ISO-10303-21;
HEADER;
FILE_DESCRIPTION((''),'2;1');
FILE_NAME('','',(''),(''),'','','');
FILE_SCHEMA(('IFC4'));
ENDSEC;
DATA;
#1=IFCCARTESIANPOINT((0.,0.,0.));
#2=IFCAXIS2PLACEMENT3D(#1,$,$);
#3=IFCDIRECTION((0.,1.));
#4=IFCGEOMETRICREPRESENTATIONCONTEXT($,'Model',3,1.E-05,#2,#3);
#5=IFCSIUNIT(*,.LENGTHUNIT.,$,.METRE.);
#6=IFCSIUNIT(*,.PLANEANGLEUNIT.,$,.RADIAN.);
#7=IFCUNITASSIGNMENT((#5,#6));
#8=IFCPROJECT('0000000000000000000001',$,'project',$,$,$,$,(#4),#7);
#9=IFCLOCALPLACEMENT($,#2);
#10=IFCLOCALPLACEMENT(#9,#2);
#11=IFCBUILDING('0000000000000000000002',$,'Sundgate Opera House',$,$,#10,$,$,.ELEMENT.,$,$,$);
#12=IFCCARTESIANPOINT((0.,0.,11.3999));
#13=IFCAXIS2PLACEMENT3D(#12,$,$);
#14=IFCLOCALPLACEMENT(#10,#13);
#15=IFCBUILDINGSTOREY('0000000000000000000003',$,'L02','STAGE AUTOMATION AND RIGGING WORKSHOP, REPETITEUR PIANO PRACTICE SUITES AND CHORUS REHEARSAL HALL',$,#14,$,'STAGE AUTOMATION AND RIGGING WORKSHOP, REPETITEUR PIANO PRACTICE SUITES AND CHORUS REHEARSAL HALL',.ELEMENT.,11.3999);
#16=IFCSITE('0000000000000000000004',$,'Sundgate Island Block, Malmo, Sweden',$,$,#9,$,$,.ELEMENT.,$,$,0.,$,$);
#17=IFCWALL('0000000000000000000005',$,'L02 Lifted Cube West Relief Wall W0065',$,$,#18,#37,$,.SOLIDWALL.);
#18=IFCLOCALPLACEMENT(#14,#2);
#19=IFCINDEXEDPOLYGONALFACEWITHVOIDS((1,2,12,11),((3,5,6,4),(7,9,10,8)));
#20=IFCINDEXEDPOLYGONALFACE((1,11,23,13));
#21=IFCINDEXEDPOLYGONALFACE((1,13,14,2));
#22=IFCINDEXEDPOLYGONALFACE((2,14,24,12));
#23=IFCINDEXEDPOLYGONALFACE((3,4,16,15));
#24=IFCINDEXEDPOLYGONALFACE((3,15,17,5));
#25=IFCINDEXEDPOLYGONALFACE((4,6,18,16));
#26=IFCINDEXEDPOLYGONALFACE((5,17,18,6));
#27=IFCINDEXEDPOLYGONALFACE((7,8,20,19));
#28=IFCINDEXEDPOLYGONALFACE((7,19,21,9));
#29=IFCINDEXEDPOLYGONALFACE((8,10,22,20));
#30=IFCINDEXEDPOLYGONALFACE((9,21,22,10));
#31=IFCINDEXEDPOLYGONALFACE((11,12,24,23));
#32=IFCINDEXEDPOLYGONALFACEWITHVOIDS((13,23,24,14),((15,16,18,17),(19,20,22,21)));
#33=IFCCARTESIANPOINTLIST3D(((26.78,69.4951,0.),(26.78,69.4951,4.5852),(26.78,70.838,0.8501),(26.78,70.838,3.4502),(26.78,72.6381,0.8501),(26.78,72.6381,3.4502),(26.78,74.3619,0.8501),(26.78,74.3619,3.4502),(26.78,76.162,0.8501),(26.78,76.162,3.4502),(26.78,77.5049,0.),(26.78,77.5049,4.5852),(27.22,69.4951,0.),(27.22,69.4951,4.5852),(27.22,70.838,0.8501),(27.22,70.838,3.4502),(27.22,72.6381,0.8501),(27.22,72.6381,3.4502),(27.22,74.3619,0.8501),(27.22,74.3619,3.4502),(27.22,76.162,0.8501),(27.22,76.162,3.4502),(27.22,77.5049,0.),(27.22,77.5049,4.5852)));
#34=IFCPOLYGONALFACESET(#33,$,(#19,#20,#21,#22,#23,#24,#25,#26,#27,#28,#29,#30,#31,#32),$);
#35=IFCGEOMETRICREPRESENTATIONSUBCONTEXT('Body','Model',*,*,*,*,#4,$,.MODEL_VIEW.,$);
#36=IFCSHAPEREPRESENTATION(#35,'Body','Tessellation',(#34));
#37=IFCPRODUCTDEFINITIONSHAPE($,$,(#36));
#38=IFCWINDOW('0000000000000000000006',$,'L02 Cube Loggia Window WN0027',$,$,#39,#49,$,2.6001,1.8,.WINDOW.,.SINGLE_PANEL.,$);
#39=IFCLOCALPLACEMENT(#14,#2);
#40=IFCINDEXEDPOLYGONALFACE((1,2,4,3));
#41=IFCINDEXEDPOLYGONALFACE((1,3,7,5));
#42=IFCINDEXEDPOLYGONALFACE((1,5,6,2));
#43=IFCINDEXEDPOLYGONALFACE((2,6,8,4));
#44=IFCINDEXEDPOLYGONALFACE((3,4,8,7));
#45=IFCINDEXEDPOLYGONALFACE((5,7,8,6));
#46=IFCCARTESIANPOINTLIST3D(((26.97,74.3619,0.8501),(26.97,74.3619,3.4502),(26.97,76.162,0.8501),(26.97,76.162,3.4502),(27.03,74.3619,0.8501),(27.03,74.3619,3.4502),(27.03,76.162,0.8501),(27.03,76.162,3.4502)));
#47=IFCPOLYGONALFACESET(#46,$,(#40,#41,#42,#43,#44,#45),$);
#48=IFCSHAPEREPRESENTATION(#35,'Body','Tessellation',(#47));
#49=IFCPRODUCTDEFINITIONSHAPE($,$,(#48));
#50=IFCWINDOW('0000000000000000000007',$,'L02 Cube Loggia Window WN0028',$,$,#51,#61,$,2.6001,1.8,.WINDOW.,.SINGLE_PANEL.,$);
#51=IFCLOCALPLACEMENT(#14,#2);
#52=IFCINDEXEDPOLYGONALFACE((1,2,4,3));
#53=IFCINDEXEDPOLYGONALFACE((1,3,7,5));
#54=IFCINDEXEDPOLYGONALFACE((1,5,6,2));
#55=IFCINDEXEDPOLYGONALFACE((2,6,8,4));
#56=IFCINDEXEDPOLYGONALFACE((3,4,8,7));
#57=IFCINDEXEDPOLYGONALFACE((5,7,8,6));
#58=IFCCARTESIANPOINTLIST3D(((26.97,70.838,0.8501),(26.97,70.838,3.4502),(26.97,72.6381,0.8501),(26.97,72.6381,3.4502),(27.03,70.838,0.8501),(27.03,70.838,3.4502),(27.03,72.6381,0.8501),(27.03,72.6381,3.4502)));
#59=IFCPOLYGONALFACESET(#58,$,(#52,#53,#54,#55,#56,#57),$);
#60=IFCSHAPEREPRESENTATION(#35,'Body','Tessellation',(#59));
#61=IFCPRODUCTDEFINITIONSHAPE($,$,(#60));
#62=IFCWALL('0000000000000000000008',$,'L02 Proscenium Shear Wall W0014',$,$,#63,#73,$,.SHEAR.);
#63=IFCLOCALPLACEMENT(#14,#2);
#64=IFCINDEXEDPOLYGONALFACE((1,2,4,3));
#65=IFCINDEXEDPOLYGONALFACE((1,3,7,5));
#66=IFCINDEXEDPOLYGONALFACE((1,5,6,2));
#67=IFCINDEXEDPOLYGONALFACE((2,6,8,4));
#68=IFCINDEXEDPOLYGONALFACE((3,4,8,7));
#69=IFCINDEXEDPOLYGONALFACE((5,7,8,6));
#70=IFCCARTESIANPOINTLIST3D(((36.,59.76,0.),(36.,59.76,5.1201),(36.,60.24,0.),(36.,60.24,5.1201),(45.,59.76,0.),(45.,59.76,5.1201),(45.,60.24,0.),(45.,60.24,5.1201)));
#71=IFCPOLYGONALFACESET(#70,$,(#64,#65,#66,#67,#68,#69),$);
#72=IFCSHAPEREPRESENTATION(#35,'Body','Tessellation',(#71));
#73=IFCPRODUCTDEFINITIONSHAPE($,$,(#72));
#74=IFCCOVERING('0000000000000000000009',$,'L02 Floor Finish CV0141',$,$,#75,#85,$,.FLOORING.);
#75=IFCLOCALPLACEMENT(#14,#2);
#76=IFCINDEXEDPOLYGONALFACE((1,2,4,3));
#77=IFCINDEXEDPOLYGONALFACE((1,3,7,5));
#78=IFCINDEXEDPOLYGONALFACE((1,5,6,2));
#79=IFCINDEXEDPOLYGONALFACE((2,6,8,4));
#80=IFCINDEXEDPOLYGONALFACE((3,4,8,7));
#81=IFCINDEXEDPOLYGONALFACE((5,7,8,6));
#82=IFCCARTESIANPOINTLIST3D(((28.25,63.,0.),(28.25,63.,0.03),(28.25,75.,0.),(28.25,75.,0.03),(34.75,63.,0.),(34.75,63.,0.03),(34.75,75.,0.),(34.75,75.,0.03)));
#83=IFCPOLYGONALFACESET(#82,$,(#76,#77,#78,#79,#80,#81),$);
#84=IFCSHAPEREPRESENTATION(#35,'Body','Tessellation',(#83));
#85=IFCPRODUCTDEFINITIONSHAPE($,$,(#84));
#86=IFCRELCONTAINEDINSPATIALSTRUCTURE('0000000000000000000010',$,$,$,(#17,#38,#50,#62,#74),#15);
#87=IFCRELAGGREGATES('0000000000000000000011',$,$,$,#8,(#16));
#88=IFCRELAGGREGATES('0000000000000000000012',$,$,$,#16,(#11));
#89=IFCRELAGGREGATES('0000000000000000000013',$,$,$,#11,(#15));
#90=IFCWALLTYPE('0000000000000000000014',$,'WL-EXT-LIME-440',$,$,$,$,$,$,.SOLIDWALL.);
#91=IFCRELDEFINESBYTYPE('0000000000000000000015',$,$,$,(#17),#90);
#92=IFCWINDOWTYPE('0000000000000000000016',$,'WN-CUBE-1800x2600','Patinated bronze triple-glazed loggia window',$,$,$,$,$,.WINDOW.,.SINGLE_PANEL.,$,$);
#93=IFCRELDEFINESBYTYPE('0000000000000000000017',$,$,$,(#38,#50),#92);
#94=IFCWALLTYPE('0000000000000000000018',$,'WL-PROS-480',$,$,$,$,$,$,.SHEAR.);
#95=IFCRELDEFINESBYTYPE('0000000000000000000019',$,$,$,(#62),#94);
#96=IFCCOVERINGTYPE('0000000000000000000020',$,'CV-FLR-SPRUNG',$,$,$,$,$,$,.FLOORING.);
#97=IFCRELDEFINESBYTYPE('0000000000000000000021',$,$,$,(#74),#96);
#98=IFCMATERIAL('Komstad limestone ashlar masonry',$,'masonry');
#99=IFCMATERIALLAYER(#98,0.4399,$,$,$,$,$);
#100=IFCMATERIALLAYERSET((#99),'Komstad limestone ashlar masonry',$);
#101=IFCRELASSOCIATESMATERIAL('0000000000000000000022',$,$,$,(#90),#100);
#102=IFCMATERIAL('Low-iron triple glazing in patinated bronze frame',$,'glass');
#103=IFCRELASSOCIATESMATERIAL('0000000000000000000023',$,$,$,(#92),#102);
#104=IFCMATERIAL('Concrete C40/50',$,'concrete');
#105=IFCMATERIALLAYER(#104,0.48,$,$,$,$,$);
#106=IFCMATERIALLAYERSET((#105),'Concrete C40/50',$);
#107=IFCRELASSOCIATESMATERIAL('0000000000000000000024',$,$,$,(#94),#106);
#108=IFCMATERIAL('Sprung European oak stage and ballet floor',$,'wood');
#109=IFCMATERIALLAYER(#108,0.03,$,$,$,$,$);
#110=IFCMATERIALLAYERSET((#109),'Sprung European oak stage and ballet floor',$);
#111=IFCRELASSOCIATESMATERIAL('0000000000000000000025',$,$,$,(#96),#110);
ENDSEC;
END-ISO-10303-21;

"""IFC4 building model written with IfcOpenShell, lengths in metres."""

from ifc_helpers import new_model, si_unit, direction, frame, frame_2d, origin, origin_2d, place, context, subcontext, project, spatial, rectangle, extrude, material, layer, layer_set, type_object, element, fill, save


model = new_model("IFC4")

# Units and contexts
model_context = context("Model", 3, precision=1e-05, world=origin(), true_north=direction((0.0, 1.0)))
body_context = subcontext(model_context, "Body", "Model", "MODEL_VIEW")
ifc_project = project(units=[si_unit("LENGTHUNIT", "METRE"), si_unit("PLANEANGLEUNIT", "RADIAN")], contexts=[model_context])

# Site, building, storey
site_placement = place(None, origin())
site = spatial("IfcSite", under=ifc_project, at=site_placement, Name="Sundgate Island Block, Malmo, Sweden", CompositionType="ELEMENT", RefElevation=0.0)
building_placement = place(site_placement, origin())
building = spatial("IfcBuilding", under=site, at=building_placement, Name="Sundgate Opera House", CompositionType="ELEMENT")
storey_placement = place(building_placement, frame((0.0, 0.0, 11.3999)))
storey = spatial("IfcBuildingStorey", under=building, at=storey_placement, Name="L02", Description="STAGE AUTOMATION AND RIGGING WORKSHOP, REPETITEUR PIANO PRACTICE SUITES AND CHORUS REHEARSAL HALL", LongName="STAGE AUTOMATION AND RIGGING WORKSHOP, REPETITEUR PIANO PRACTICE SUITES AND CHORUS REHEARSAL HALL", CompositionType="ELEMENT", Elevation=11.3999)

# Wall, openings, windows
ifc_material_1 = material(Name="Komstad limestone ashlar masonry", Category="masonry")
ifc_layer_1 = layer(ifc_material_1, 0.4399)
ifc_layer_set_1 = layer_set([ifc_layer_1], Name="Komstad limestone ashlar masonry")
wall_type_1 = type_object("IfcWallType", Name="WL-EXT-LIME-440", PredefinedType="SOLIDWALL", material=ifc_layer_set_1)
wall_1_placement = place(storey_placement, frame((27.0, 77.5049, 0.0), z_axis=(0.0, 0.0, 1.0), x_axis=(0.0, -1.0, 0.0)))
wall_1 = element("IfcWall", 1, at=wall_1_placement, inside=storey, type_object=wall_type_1, Name="L02 Lifted Cube West Relief Wall W0065", PredefinedType="SOLIDWALL", context=body_context, shape_type="SweptSolid", body=[
    extrude(rectangle(XDim=8.0098, YDim=0.4399, at=frame_2d((4.0049, 0.0))), origin(), (0.0, 0.0, 1.0), 4.5852),
])
opening_1_placement = place(wall_1_placement, frame((1.343, 0.0, 0.8501)))
opening_1 = element("IfcOpeningElement", 2, at=opening_1_placement, cuts=wall_1, PredefinedType="OPENING", context=body_context, shape_type="SweptSolid", body=[
    extrude(rectangle(XDim=1.8, YDim=2.6001, at=frame_2d((0.8999, 1.3))), frame((0.0, 0.23, 0.0), z_axis=(0.0, -1.0, 0.0), x_axis=(1.0, 0.0, 0.0)), (0.0, 0.0, 1.0), 0.46),
])
opening_2_placement = place(wall_1_placement, frame((4.8669, 0.0, 0.8501)))
opening_2 = element("IfcOpeningElement", 3, at=opening_2_placement, cuts=wall_1, PredefinedType="OPENING", context=body_context, shape_type="SweptSolid", body=[
    extrude(rectangle(XDim=1.8, YDim=2.6001, at=frame_2d((0.8999, 1.3))), frame((0.0, 0.23, 0.0), z_axis=(0.0, -1.0, 0.0), x_axis=(1.0, 0.0, 0.0)), (0.0, 0.0, 1.0), 0.46),
])
ifc_material_2 = material(Name="Low-iron triple glazing in patinated bronze frame", Category="glass")
window_type = type_object("IfcWindowType", Name="WN-CUBE-1800x2600", Description="Patinated bronze triple-glazed loggia window", PartitioningType="SINGLE_PANEL", PredefinedType="WINDOW", material=ifc_material_2)
window_1_placement = place(opening_1_placement, origin())
window_1 = element("IfcWindow", 4, at=window_1_placement, inside=storey, type_object=window_type, Name="L02 Cube Loggia Window WN0027", OverallHeight=2.6001, OverallWidth=1.8, PartitioningType="SINGLE_PANEL", PredefinedType="WINDOW", context=body_context, shape_type="SweptSolid", body=[
    extrude(rectangle(XDim=1.8, YDim=2.6001, at=frame_2d((0.8999, 1.3))), frame((0.0, 0.03, 0.0), z_axis=(0.0, -1.0, 0.0), x_axis=(1.0, 0.0, 0.0)), (0.0, 0.0, 1.0), 0.0601),
])
fill(opening_1, window_1)
window_2_placement = place(opening_2_placement, origin())
window_2 = element("IfcWindow", 5, at=window_2_placement, inside=storey, type_object=window_type, Name="L02 Cube Loggia Window WN0028", OverallHeight=2.6001, OverallWidth=1.8, PartitioningType="SINGLE_PANEL", PredefinedType="WINDOW", context=body_context, shape_type="SweptSolid", body=[
    extrude(rectangle(XDim=1.8, YDim=2.6001, at=frame_2d((0.8999, 1.3))), frame((0.0, 0.03, 0.0), z_axis=(0.0, -1.0, 0.0), x_axis=(1.0, 0.0, 0.0)), (0.0, 0.0, 1.0), 0.0601),
])
fill(opening_2, window_2)

# Wall
ifc_material_3 = material(Name="Concrete C40/50", Category="concrete")
ifc_layer_2 = layer(ifc_material_3, 0.48)
ifc_layer_set_2 = layer_set([ifc_layer_2], Name="Concrete C40/50")
wall_type_2 = type_object("IfcWallType", Name="WL-PROS-480", PredefinedType="SHEAR", material=ifc_layer_set_2)
wall_2_placement = place(storey_placement, frame((36.0, 60.0, 0.0), z_axis=(0.0, 0.0, 1.0), x_axis=(1.0, 0.0, 0.0)))
element("IfcWall", 6, at=wall_2_placement, inside=storey, type_object=wall_type_2, Name="L02 Proscenium Shear Wall W0014", PredefinedType="SHEAR", context=body_context, shape_type="SweptSolid", body=[
    extrude(rectangle(XDim=9.0, YDim=0.48, at=frame_2d((4.5, 0.0))), origin(), (0.0, 0.0, 1.0), 5.1201),
])

# Covering
ifc_material_4 = material(Name="Sprung European oak stage and ballet floor", Category="wood")
ifc_layer_3 = layer(ifc_material_4, 0.03)
ifc_layer_set_3 = layer_set([ifc_layer_3], Name="Sprung European oak stage and ballet floor")
covering_type = type_object("IfcCoveringType", Name="CV-FLR-SPRUNG", PredefinedType="FLOORING", material=ifc_layer_set_3)
covering_placement = place(storey_placement, frame((31.5, 69.0, 0.0), z_axis=(0.0, 0.0, 1.0), x_axis=(1.0, 0.0, 0.0)))
element("IfcCovering", 7, at=covering_placement, inside=storey, type_object=covering_type, Name="L02 Floor Finish CV0141", PredefinedType="FLOORING", context=body_context, shape_type="SweptSolid", body=[
    extrude(rectangle(XDim=6.5, YDim=12.0, at=origin_2d()), origin(), (0.0, 0.0, 1.0), 0.03),
])

save(model, "model.ifc")
